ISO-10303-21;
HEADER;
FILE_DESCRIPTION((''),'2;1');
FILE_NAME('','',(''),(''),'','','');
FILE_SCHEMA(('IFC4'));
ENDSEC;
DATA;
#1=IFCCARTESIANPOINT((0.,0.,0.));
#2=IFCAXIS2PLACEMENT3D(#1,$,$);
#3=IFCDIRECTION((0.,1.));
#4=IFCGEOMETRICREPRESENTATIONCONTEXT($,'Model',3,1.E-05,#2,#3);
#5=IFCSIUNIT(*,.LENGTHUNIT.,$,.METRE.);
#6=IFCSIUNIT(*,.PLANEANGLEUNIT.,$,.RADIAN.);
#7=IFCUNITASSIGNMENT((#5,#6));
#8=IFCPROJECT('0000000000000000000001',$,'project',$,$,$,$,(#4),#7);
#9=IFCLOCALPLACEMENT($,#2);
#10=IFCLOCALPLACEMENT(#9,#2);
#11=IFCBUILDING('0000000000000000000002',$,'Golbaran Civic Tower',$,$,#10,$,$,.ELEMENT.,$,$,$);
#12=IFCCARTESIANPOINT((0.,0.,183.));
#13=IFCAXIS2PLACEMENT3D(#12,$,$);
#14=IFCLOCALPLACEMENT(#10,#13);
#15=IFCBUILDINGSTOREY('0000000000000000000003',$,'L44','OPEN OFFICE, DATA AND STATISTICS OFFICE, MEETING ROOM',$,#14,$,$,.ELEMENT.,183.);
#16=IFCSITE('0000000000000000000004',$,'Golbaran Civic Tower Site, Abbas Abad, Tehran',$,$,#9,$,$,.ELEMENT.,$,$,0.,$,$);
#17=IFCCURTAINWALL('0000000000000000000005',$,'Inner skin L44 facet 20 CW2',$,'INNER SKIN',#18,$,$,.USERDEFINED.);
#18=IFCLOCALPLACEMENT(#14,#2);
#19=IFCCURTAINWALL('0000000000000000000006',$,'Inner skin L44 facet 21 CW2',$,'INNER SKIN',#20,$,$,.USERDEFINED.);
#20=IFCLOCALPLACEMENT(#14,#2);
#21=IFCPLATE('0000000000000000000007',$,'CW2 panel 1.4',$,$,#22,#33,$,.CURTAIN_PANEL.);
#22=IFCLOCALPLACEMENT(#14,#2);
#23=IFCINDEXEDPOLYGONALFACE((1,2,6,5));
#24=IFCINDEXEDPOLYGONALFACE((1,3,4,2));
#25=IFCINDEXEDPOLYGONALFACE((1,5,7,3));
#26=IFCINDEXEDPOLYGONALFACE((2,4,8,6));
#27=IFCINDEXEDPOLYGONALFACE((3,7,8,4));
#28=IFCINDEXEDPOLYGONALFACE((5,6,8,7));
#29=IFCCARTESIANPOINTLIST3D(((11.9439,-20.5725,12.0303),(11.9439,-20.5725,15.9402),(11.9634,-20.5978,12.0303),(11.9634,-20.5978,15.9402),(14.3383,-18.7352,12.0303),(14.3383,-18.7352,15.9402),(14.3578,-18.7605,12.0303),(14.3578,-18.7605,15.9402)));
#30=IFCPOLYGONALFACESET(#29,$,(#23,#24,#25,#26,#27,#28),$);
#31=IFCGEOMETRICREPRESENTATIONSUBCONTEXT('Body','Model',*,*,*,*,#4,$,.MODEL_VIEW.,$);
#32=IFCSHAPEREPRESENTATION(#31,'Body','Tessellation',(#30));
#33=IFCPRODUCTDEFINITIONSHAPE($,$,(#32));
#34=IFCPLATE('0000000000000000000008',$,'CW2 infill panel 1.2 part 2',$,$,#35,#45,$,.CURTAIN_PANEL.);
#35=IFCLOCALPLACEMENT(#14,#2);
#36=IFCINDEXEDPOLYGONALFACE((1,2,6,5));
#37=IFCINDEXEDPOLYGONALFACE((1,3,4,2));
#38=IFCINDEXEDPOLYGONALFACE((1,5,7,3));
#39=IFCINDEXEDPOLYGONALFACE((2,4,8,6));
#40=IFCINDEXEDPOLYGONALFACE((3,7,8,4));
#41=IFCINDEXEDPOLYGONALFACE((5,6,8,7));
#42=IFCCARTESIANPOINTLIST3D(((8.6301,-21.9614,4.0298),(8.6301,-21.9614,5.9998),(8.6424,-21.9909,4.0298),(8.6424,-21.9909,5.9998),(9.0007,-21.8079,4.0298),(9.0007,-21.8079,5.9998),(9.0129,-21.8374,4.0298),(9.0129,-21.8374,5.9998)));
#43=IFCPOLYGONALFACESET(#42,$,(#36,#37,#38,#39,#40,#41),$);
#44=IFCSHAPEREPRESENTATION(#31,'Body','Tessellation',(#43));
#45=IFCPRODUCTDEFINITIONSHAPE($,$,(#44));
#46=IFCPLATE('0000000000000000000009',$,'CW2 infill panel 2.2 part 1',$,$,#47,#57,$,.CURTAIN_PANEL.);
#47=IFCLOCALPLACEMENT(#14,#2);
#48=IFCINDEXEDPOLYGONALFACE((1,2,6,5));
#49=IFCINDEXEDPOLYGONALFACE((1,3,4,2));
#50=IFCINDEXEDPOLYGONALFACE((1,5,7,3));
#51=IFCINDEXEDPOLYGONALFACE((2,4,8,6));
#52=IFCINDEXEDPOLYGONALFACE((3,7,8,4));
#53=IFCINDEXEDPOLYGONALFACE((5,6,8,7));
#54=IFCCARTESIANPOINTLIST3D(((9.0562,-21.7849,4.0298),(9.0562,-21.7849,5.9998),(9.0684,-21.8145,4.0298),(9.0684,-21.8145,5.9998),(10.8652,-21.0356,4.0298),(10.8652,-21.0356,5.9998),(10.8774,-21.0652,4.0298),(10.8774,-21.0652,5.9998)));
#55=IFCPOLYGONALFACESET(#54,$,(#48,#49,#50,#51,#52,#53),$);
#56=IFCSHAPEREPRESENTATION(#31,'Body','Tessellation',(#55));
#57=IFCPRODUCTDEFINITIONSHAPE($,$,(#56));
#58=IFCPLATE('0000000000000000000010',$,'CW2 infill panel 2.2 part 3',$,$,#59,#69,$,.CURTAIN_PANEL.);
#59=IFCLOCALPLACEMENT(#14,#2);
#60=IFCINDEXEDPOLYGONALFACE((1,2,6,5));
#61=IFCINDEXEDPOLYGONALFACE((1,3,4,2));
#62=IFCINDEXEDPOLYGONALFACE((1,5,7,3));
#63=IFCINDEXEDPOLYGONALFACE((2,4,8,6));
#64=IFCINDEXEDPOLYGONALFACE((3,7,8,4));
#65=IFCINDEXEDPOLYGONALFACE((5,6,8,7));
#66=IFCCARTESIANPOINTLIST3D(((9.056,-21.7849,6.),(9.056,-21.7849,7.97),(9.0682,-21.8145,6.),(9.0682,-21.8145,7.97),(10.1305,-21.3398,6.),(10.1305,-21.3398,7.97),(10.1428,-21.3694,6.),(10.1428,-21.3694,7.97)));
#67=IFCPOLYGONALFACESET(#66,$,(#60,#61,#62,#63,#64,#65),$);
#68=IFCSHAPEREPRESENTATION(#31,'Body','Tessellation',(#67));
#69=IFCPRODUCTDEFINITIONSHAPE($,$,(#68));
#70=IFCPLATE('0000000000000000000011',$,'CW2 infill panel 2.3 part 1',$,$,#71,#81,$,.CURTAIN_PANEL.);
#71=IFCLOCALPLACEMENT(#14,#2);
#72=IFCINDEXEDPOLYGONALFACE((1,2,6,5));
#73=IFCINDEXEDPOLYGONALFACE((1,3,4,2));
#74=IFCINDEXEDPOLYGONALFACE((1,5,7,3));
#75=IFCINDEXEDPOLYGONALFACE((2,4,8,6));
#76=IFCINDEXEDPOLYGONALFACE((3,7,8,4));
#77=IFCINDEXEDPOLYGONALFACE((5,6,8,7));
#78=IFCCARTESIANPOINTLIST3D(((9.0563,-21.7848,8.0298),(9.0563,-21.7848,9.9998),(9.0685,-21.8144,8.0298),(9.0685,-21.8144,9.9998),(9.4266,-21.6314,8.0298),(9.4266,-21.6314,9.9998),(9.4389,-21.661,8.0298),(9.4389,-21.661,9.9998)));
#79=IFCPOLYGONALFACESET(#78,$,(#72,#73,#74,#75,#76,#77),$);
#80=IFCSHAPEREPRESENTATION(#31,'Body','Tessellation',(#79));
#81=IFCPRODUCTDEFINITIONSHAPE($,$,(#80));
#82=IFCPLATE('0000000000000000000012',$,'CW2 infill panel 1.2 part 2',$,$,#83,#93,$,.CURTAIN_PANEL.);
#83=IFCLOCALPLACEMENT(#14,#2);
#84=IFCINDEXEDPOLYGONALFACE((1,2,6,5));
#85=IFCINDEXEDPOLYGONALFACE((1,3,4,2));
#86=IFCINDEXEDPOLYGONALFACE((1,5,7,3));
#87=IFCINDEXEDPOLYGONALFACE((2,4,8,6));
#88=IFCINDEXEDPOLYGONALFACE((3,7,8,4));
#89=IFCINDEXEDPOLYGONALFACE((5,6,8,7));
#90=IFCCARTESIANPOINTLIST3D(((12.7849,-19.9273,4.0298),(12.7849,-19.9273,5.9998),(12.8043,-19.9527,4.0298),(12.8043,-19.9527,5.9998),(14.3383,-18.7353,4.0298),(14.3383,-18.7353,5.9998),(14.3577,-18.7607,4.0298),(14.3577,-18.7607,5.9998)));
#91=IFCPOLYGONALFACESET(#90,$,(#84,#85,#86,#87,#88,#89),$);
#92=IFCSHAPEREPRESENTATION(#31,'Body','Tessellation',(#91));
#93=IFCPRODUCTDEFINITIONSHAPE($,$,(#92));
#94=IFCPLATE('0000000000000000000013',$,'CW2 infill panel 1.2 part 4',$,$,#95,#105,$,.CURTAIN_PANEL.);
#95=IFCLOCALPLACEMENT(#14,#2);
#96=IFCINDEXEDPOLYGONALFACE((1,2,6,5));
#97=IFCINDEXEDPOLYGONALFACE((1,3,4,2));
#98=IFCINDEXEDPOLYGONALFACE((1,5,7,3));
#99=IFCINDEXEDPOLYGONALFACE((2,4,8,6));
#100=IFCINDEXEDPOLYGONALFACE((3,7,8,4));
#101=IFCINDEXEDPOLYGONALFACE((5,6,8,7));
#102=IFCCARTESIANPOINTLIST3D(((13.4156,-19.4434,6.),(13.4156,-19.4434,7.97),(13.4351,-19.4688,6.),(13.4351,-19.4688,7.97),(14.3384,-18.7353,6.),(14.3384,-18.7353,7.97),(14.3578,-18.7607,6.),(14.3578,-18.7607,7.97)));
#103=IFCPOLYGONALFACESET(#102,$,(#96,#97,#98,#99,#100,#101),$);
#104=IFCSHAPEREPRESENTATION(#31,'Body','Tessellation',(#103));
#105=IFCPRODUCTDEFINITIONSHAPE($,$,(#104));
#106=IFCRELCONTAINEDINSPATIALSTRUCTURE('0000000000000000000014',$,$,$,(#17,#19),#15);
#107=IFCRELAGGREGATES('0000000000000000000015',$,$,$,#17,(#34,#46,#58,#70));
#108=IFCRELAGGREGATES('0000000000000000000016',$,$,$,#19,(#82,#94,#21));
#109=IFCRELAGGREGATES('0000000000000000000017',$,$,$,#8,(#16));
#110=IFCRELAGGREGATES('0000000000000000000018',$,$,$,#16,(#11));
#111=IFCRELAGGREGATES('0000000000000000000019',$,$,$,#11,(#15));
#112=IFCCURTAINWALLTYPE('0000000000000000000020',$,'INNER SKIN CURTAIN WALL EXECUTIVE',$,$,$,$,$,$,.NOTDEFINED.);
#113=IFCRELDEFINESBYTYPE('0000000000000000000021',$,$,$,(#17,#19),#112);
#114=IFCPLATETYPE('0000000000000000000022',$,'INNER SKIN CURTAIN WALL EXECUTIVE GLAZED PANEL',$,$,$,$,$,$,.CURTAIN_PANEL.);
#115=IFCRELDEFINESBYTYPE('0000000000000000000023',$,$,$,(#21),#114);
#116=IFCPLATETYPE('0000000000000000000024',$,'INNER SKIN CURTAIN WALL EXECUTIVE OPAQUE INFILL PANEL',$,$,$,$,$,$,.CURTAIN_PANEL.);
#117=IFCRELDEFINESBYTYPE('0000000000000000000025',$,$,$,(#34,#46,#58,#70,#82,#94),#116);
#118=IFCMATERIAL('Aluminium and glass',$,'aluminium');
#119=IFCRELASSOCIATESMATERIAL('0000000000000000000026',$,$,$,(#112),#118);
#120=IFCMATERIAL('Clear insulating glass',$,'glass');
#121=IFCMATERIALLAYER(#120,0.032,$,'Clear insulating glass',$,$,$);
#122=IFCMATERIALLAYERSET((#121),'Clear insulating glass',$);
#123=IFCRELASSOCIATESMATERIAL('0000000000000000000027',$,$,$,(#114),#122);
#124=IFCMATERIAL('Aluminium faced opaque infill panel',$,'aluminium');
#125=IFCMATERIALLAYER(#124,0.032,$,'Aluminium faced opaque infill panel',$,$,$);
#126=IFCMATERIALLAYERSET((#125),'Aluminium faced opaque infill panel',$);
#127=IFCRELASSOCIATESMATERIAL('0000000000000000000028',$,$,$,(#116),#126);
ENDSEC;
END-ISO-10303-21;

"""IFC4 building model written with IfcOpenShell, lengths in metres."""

from ifc_helpers import new_model, si_unit, direction, frame, origin, origin_2d, place, context, subcontext, project, spatial, rectangle, extrude, material, layer, layer_set, type_object, element, aggregate, save


model = new_model("IFC4")

# Units and contexts
model_context = context("Model", 3, precision=1e-05, world=origin(), true_north=direction((0.0, 1.0)))
body_context = subcontext(model_context, "Body", "Model", "MODEL_VIEW")
ifc_project = project(units=[si_unit("LENGTHUNIT", "METRE"), si_unit("PLANEANGLEUNIT", "RADIAN")], contexts=[model_context])

# Site, building, storey
site_placement = place(None, origin())
site = spatial("IfcSite", under=ifc_project, at=site_placement, Name="Golbaran Civic Tower Site, Abbas Abad, Tehran", CompositionType="ELEMENT", RefElevation=0.0)
building_placement = place(site_placement, origin())
building = spatial("IfcBuilding", under=site, at=building_placement, Name="Golbaran Civic Tower", CompositionType="ELEMENT")
storey_placement = place(building_placement, frame((0.0, 0.0, 183.0)))
storey = spatial("IfcBuildingStorey", under=building, at=storey_placement, Name="L44", Description="OPEN OFFICE, DATA AND STATISTICS OFFICE, MEETING ROOM", CompositionType="ELEMENT", Elevation=183.0)

# Curtain walls
ifc_material_1 = material(Name="Aluminium and glass", Category="aluminium")
curtain_wall_type = type_object("IfcCurtainWallType", Name="INNER SKIN CURTAIN WALL EXECUTIVE", PredefinedType="NOTDEFINED", material=ifc_material_1)
curtain_wall_1_placement = place(storey_placement, origin())
curtain_wall_1 = element("IfcCurtainWall", 1, at=curtain_wall_1_placement, inside=storey, type_object=curtain_wall_type, Name="Inner skin L44 facet 20 CW2", ObjectType="INNER SKIN", PredefinedType="USERDEFINED")
curtain_wall_2_placement = place(storey_placement, origin())
curtain_wall_2 = element("IfcCurtainWall", 2, at=curtain_wall_2_placement, inside=storey, type_object=curtain_wall_type, Name="Inner skin L44 facet 21 CW2", ObjectType="INNER SKIN", PredefinedType="USERDEFINED")

# Plates
ifc_material_2 = material(Name="Clear insulating glass", Category="glass")
ifc_layer_1 = layer(ifc_material_2, 0.032, Name="Clear insulating glass")
ifc_layer_set_1 = layer_set([ifc_layer_1], Name="Clear insulating glass")
plate_type_1 = type_object("IfcPlateType", Name="INNER SKIN CURTAIN WALL EXECUTIVE GLAZED PANEL", PredefinedType="CURTAIN_PANEL", material=ifc_layer_set_1)
plate_1_placement = place(storey_placement, frame((13.1509, -19.6665, 12.0303), z_axis=(0.0, 0.0, 1.0), x_axis=(0.793353, 0.608761, 0.0)))
plate_1 = element("IfcPlate", 3, at=plate_1_placement, type_object=plate_type_1, Name="CW2 panel 1.4", PredefinedType="CURTAIN_PANEL", context=body_context, shape_type="SweptSolid", body=[
    extrude(rectangle(XDim=3.0181, YDim=0.032, at=origin_2d()), origin(), (0.0, 0.0, 1.0), 3.9099),
])
ifc_material_3 = material(Name="Aluminium faced opaque infill panel", Category="aluminium")
ifc_layer_2 = layer(ifc_material_3, 0.032, Name="Aluminium faced opaque infill panel")
ifc_layer_set_2 = layer_set([ifc_layer_2], Name="Aluminium faced opaque infill panel")
plate_type_2 = type_object("IfcPlateType", Name="INNER SKIN CURTAIN WALL EXECUTIVE OPAQUE INFILL PANEL", PredefinedType="CURTAIN_PANEL", material=ifc_layer_set_2)
plate_2_placement = place(storey_placement, frame((8.8215, -21.8994, 4.0298), z_axis=(0.0, 0.0, 1.0), x_axis=(0.92388, 0.382683, 0.0)))
plate_2 = element("IfcPlate", 4, at=plate_2_placement, type_object=plate_type_2, Name="CW2 infill panel 1.2 part 2", PredefinedType="CURTAIN_PANEL", context=body_context, shape_type="SweptSolid", body=[
    extrude(rectangle(XDim=0.4011, YDim=0.032, at=origin_2d()), origin(), (0.0, 0.0, 1.0), 1.97),
])
plate_3_placement = place(storey_placement, frame((9.9668, -21.425, 4.0298), z_axis=(0.0, 0.0, 1.0), x_axis=(0.92388, 0.382683, 0.0)))
plate_3 = element("IfcPlate", 5, at=plate_3_placement, type_object=plate_type_2, Name="CW2 infill panel 2.2 part 1", PredefinedType="CURTAIN_PANEL", context=body_context, shape_type="SweptSolid", body=[
    extrude(rectangle(XDim=1.958, YDim=0.032, at=origin_2d()), origin(), (0.0, 0.0, 1.0), 1.97),
])
plate_4_placement = place(storey_placement, frame((9.5994, -21.5771, 6.0), z_axis=(0.0, 0.0, 1.0), x_axis=(0.92388, 0.382683, 0.0)))
plate_4 = element("IfcPlate", 6, at=plate_4_placement, type_object=plate_type_2, Name="CW2 infill panel 2.2 part 3", PredefinedType="CURTAIN_PANEL", context=body_context, shape_type="SweptSolid", body=[
    extrude(rectangle(XDim=1.1631, YDim=0.032, at=origin_2d()), origin(), (0.0, 0.0, 1.0), 1.97),
])
plate_5_placement = place(storey_placement, frame((9.2476, -21.7229, 8.0298), z_axis=(0.0, 0.0, 1.0), x_axis=(0.92388, 0.382683, 0.0)))
plate_5 = element("IfcPlate", 7, at=plate_5_placement, type_object=plate_type_2, Name="CW2 infill panel 2.3 part 1", PredefinedType="CURTAIN_PANEL", context=body_context, shape_type="SweptSolid", body=[
    extrude(rectangle(XDim=0.4009, YDim=0.032, at=origin_2d()), origin(), (0.0, 0.0, 1.0), 1.97),
])
aggregate(curtain_wall_1, [plate_2, plate_3, plate_4, plate_5])
plate_6_placement = place(storey_placement, frame((13.5713, -19.344, 4.0298), z_axis=(0.0, 0.0, 1.0), x_axis=(0.793353, 0.608761, 0.0)))
plate_6 = element("IfcPlate", 8, at=plate_6_placement, type_object=plate_type_2, Name="CW2 infill panel 1.2 part 2", PredefinedType="CURTAIN_PANEL", context=body_context, shape_type="SweptSolid", body=[
    extrude(rectangle(XDim=1.958, YDim=0.032, at=origin_2d()), origin(), (0.0, 0.0, 1.0), 1.97),
])
plate_7_placement = place(storey_placement, frame((13.8867, -19.1021, 6.0), z_axis=(0.0, 0.0, 1.0), x_axis=(0.793353, 0.608761, 0.0)))
plate_7 = element("IfcPlate", 9, at=plate_7_placement, type_object=plate_type_2, Name="CW2 infill panel 1.2 part 4", PredefinedType="CURTAIN_PANEL", context=body_context, shape_type="SweptSolid", body=[
    extrude(rectangle(XDim=1.1631, YDim=0.032, at=origin_2d()), origin(), (0.0, 0.0, 1.0), 1.97),
])
aggregate(curtain_wall_2, [plate_6, plate_7, plate_1])

save(model, "model.ifc")
